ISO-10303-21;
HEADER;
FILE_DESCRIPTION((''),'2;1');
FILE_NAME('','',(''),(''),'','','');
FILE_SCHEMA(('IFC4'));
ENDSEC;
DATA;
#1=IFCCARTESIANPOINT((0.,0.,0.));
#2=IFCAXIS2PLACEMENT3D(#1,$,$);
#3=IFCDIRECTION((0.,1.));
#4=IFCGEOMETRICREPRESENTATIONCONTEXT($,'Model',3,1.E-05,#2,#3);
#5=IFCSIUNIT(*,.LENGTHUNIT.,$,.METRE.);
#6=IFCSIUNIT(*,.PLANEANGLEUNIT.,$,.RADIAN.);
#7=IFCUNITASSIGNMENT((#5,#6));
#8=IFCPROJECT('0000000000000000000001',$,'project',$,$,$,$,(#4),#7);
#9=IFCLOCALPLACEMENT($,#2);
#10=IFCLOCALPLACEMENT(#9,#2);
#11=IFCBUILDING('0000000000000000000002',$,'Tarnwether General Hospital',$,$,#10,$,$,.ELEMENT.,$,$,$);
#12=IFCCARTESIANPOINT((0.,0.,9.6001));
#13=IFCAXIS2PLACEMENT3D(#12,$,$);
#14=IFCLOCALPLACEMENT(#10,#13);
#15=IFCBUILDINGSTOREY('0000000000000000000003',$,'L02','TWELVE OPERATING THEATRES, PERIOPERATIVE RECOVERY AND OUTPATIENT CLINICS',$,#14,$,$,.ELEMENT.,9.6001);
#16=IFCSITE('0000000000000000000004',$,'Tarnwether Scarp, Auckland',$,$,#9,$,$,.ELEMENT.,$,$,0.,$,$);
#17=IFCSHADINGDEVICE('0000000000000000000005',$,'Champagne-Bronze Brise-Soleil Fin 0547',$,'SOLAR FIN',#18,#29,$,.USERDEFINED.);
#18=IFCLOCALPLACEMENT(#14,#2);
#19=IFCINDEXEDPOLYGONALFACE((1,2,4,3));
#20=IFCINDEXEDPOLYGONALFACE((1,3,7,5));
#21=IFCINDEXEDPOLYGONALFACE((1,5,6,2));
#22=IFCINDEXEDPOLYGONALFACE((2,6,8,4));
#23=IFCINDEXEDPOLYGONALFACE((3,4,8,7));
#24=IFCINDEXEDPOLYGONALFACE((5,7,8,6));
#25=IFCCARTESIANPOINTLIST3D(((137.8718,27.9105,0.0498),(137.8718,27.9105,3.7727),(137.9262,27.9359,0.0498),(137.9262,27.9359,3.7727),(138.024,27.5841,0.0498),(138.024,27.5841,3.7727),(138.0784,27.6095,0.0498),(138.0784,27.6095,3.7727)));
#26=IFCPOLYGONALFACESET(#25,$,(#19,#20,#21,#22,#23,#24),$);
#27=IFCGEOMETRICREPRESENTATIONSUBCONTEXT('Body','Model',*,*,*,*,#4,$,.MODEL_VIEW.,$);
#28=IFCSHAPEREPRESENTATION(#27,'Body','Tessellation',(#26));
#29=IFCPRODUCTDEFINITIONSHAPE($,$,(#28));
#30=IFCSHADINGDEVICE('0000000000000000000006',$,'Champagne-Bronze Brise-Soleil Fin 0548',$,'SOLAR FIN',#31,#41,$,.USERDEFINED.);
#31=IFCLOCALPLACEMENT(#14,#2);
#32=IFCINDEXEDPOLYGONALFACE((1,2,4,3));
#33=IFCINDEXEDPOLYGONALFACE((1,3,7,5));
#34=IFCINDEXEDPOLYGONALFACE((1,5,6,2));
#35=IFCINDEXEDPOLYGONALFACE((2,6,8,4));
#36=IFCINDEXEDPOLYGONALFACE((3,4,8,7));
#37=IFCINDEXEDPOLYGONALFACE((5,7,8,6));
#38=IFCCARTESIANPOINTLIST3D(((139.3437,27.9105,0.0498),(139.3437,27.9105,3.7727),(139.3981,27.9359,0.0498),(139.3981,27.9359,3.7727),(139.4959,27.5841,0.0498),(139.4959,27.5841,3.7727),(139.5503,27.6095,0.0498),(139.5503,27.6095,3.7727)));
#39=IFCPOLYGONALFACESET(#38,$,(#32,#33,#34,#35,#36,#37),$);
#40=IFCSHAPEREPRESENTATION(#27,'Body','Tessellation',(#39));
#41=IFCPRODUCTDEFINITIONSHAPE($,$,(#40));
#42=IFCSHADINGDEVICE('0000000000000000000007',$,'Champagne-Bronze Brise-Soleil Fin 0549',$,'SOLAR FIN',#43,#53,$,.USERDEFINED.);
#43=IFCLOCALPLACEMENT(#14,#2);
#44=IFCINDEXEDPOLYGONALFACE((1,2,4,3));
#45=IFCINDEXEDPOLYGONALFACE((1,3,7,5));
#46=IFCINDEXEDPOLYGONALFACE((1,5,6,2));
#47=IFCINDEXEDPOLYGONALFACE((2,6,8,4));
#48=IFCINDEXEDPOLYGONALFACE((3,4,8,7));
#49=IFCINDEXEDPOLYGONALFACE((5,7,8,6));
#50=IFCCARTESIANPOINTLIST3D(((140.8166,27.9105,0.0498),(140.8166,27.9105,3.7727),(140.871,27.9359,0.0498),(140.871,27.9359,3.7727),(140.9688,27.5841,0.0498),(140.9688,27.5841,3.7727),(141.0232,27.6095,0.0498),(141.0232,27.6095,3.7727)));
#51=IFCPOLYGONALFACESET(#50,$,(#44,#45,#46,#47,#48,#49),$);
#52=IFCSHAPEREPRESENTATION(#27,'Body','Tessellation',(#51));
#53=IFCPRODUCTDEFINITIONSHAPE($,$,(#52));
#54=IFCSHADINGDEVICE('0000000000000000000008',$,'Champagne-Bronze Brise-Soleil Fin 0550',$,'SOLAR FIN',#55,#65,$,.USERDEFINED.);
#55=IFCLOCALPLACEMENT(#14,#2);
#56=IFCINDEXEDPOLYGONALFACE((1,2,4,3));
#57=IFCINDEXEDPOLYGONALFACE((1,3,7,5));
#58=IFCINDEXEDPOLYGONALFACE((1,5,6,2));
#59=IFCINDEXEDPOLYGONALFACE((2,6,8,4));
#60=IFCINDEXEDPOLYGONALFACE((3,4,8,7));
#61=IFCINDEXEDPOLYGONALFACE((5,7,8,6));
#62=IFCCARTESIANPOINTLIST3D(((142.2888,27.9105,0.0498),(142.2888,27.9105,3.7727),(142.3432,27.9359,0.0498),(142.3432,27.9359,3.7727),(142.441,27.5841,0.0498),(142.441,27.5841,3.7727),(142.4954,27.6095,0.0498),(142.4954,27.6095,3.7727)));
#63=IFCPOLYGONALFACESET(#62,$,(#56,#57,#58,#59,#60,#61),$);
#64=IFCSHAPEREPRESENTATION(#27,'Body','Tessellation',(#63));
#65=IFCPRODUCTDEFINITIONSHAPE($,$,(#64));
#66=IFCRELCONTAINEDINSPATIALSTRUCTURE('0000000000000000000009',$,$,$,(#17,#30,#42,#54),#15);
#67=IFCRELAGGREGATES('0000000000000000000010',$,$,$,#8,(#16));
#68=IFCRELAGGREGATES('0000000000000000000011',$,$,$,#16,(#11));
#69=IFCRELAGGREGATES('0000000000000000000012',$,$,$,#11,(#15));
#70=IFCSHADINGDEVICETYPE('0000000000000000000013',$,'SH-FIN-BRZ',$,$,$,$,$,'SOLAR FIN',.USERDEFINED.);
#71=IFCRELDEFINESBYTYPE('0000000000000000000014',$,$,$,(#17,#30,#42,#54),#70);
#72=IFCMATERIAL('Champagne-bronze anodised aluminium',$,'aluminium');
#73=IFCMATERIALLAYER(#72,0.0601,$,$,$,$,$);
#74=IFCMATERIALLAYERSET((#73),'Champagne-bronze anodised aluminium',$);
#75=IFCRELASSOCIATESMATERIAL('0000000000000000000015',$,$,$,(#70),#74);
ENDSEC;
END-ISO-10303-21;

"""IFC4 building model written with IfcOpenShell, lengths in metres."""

from ifc_helpers import new_model, si_unit, direction, frame, origin, origin_2d, place, context, subcontext, project, spatial, rectangle, extrude, material, layer, layer_set, type_object, element, save


model = new_model("IFC4")

# Units and contexts
model_context = context("Model", 3, precision=1e-05, world=origin(), true_north=direction((0.0, 1.0)))
body_context = subcontext(model_context, "Body", "Model", "MODEL_VIEW")
ifc_project = project(units=[si_unit("LENGTHUNIT", "METRE"), si_unit("PLANEANGLEUNIT", "RADIAN")], contexts=[model_context])

# Site, building, storey
site_placement = place(None, origin())
site = spatial("IfcSite", under=ifc_project, at=site_placement, Name="Tarnwether Scarp, Auckland", CompositionType="ELEMENT", RefElevation=0.0)
building_placement = place(site_placement, origin())
building = spatial("IfcBuilding", under=site, at=building_placement, Name="Tarnwether General Hospital", CompositionType="ELEMENT")
storey_placement = place(building_placement, frame((0.0, 0.0, 9.6001)))
storey = spatial("IfcBuildingStorey", under=building, at=storey_placement, Name="L02", Description="TWELVE OPERATING THEATRES, PERIOPERATIVE RECOVERY AND OUTPATIENT CLINICS", CompositionType="ELEMENT", Elevation=9.6001)

# Shading devices
ifc_material_1 = material(Name="Champagne-bronze anodised aluminium", Category="aluminium")
ifc_layer_1 = layer(ifc_material_1, 0.0601)
ifc_layer_set_1 = layer_set([ifc_layer_1], Name="Champagne-bronze anodised aluminium")
shading_device_type = type_object("IfcShadingDeviceType", Name="SH-FIN-BRZ", ElementType="SOLAR FIN", PredefinedType="USERDEFINED", material=ifc_layer_set_1)
for number, where, z_axis, x_axis, name in (
    (1, (137.9751, 27.76, 0.0498), (0.0, 0.0, 1.0), (0.906308, 0.422618, 0.0), "Champagne-Bronze Brise-Soleil Fin 0547"),
    (2, (139.447, 27.76, 0.0498), (0.0, 0.0, 1.0), (0.906308, 0.422618, 0.0), "Champagne-Bronze Brise-Soleil Fin 0548"),
    (3, (140.9199, 27.76, 0.0498), (0.0, 0.0, 1.0), (0.906308, 0.422618, 0.0), "Champagne-Bronze Brise-Soleil Fin 0549"),
    (4, (142.3921, 27.76, 0.0498), (0.0, 0.0, 1.0), (0.906308, 0.422618, 0.0), "Champagne-Bronze Brise-Soleil Fin 0550"),
):
    element("IfcShadingDevice", number, at=place(storey_placement, frame(where, z_axis=z_axis, x_axis=x_axis)), inside=storey, type_object=shading_device_type, Name=name, ObjectType="SOLAR FIN", PredefinedType="USERDEFINED", context=body_context, shape_type="SweptSolid", body=[
        extrude(rectangle(XDim=0.0601, YDim=0.3601, at=origin_2d()), origin(), (0.0, 0.0, 1.0), 3.7229),
    ])

save(model, "model.ifc")
